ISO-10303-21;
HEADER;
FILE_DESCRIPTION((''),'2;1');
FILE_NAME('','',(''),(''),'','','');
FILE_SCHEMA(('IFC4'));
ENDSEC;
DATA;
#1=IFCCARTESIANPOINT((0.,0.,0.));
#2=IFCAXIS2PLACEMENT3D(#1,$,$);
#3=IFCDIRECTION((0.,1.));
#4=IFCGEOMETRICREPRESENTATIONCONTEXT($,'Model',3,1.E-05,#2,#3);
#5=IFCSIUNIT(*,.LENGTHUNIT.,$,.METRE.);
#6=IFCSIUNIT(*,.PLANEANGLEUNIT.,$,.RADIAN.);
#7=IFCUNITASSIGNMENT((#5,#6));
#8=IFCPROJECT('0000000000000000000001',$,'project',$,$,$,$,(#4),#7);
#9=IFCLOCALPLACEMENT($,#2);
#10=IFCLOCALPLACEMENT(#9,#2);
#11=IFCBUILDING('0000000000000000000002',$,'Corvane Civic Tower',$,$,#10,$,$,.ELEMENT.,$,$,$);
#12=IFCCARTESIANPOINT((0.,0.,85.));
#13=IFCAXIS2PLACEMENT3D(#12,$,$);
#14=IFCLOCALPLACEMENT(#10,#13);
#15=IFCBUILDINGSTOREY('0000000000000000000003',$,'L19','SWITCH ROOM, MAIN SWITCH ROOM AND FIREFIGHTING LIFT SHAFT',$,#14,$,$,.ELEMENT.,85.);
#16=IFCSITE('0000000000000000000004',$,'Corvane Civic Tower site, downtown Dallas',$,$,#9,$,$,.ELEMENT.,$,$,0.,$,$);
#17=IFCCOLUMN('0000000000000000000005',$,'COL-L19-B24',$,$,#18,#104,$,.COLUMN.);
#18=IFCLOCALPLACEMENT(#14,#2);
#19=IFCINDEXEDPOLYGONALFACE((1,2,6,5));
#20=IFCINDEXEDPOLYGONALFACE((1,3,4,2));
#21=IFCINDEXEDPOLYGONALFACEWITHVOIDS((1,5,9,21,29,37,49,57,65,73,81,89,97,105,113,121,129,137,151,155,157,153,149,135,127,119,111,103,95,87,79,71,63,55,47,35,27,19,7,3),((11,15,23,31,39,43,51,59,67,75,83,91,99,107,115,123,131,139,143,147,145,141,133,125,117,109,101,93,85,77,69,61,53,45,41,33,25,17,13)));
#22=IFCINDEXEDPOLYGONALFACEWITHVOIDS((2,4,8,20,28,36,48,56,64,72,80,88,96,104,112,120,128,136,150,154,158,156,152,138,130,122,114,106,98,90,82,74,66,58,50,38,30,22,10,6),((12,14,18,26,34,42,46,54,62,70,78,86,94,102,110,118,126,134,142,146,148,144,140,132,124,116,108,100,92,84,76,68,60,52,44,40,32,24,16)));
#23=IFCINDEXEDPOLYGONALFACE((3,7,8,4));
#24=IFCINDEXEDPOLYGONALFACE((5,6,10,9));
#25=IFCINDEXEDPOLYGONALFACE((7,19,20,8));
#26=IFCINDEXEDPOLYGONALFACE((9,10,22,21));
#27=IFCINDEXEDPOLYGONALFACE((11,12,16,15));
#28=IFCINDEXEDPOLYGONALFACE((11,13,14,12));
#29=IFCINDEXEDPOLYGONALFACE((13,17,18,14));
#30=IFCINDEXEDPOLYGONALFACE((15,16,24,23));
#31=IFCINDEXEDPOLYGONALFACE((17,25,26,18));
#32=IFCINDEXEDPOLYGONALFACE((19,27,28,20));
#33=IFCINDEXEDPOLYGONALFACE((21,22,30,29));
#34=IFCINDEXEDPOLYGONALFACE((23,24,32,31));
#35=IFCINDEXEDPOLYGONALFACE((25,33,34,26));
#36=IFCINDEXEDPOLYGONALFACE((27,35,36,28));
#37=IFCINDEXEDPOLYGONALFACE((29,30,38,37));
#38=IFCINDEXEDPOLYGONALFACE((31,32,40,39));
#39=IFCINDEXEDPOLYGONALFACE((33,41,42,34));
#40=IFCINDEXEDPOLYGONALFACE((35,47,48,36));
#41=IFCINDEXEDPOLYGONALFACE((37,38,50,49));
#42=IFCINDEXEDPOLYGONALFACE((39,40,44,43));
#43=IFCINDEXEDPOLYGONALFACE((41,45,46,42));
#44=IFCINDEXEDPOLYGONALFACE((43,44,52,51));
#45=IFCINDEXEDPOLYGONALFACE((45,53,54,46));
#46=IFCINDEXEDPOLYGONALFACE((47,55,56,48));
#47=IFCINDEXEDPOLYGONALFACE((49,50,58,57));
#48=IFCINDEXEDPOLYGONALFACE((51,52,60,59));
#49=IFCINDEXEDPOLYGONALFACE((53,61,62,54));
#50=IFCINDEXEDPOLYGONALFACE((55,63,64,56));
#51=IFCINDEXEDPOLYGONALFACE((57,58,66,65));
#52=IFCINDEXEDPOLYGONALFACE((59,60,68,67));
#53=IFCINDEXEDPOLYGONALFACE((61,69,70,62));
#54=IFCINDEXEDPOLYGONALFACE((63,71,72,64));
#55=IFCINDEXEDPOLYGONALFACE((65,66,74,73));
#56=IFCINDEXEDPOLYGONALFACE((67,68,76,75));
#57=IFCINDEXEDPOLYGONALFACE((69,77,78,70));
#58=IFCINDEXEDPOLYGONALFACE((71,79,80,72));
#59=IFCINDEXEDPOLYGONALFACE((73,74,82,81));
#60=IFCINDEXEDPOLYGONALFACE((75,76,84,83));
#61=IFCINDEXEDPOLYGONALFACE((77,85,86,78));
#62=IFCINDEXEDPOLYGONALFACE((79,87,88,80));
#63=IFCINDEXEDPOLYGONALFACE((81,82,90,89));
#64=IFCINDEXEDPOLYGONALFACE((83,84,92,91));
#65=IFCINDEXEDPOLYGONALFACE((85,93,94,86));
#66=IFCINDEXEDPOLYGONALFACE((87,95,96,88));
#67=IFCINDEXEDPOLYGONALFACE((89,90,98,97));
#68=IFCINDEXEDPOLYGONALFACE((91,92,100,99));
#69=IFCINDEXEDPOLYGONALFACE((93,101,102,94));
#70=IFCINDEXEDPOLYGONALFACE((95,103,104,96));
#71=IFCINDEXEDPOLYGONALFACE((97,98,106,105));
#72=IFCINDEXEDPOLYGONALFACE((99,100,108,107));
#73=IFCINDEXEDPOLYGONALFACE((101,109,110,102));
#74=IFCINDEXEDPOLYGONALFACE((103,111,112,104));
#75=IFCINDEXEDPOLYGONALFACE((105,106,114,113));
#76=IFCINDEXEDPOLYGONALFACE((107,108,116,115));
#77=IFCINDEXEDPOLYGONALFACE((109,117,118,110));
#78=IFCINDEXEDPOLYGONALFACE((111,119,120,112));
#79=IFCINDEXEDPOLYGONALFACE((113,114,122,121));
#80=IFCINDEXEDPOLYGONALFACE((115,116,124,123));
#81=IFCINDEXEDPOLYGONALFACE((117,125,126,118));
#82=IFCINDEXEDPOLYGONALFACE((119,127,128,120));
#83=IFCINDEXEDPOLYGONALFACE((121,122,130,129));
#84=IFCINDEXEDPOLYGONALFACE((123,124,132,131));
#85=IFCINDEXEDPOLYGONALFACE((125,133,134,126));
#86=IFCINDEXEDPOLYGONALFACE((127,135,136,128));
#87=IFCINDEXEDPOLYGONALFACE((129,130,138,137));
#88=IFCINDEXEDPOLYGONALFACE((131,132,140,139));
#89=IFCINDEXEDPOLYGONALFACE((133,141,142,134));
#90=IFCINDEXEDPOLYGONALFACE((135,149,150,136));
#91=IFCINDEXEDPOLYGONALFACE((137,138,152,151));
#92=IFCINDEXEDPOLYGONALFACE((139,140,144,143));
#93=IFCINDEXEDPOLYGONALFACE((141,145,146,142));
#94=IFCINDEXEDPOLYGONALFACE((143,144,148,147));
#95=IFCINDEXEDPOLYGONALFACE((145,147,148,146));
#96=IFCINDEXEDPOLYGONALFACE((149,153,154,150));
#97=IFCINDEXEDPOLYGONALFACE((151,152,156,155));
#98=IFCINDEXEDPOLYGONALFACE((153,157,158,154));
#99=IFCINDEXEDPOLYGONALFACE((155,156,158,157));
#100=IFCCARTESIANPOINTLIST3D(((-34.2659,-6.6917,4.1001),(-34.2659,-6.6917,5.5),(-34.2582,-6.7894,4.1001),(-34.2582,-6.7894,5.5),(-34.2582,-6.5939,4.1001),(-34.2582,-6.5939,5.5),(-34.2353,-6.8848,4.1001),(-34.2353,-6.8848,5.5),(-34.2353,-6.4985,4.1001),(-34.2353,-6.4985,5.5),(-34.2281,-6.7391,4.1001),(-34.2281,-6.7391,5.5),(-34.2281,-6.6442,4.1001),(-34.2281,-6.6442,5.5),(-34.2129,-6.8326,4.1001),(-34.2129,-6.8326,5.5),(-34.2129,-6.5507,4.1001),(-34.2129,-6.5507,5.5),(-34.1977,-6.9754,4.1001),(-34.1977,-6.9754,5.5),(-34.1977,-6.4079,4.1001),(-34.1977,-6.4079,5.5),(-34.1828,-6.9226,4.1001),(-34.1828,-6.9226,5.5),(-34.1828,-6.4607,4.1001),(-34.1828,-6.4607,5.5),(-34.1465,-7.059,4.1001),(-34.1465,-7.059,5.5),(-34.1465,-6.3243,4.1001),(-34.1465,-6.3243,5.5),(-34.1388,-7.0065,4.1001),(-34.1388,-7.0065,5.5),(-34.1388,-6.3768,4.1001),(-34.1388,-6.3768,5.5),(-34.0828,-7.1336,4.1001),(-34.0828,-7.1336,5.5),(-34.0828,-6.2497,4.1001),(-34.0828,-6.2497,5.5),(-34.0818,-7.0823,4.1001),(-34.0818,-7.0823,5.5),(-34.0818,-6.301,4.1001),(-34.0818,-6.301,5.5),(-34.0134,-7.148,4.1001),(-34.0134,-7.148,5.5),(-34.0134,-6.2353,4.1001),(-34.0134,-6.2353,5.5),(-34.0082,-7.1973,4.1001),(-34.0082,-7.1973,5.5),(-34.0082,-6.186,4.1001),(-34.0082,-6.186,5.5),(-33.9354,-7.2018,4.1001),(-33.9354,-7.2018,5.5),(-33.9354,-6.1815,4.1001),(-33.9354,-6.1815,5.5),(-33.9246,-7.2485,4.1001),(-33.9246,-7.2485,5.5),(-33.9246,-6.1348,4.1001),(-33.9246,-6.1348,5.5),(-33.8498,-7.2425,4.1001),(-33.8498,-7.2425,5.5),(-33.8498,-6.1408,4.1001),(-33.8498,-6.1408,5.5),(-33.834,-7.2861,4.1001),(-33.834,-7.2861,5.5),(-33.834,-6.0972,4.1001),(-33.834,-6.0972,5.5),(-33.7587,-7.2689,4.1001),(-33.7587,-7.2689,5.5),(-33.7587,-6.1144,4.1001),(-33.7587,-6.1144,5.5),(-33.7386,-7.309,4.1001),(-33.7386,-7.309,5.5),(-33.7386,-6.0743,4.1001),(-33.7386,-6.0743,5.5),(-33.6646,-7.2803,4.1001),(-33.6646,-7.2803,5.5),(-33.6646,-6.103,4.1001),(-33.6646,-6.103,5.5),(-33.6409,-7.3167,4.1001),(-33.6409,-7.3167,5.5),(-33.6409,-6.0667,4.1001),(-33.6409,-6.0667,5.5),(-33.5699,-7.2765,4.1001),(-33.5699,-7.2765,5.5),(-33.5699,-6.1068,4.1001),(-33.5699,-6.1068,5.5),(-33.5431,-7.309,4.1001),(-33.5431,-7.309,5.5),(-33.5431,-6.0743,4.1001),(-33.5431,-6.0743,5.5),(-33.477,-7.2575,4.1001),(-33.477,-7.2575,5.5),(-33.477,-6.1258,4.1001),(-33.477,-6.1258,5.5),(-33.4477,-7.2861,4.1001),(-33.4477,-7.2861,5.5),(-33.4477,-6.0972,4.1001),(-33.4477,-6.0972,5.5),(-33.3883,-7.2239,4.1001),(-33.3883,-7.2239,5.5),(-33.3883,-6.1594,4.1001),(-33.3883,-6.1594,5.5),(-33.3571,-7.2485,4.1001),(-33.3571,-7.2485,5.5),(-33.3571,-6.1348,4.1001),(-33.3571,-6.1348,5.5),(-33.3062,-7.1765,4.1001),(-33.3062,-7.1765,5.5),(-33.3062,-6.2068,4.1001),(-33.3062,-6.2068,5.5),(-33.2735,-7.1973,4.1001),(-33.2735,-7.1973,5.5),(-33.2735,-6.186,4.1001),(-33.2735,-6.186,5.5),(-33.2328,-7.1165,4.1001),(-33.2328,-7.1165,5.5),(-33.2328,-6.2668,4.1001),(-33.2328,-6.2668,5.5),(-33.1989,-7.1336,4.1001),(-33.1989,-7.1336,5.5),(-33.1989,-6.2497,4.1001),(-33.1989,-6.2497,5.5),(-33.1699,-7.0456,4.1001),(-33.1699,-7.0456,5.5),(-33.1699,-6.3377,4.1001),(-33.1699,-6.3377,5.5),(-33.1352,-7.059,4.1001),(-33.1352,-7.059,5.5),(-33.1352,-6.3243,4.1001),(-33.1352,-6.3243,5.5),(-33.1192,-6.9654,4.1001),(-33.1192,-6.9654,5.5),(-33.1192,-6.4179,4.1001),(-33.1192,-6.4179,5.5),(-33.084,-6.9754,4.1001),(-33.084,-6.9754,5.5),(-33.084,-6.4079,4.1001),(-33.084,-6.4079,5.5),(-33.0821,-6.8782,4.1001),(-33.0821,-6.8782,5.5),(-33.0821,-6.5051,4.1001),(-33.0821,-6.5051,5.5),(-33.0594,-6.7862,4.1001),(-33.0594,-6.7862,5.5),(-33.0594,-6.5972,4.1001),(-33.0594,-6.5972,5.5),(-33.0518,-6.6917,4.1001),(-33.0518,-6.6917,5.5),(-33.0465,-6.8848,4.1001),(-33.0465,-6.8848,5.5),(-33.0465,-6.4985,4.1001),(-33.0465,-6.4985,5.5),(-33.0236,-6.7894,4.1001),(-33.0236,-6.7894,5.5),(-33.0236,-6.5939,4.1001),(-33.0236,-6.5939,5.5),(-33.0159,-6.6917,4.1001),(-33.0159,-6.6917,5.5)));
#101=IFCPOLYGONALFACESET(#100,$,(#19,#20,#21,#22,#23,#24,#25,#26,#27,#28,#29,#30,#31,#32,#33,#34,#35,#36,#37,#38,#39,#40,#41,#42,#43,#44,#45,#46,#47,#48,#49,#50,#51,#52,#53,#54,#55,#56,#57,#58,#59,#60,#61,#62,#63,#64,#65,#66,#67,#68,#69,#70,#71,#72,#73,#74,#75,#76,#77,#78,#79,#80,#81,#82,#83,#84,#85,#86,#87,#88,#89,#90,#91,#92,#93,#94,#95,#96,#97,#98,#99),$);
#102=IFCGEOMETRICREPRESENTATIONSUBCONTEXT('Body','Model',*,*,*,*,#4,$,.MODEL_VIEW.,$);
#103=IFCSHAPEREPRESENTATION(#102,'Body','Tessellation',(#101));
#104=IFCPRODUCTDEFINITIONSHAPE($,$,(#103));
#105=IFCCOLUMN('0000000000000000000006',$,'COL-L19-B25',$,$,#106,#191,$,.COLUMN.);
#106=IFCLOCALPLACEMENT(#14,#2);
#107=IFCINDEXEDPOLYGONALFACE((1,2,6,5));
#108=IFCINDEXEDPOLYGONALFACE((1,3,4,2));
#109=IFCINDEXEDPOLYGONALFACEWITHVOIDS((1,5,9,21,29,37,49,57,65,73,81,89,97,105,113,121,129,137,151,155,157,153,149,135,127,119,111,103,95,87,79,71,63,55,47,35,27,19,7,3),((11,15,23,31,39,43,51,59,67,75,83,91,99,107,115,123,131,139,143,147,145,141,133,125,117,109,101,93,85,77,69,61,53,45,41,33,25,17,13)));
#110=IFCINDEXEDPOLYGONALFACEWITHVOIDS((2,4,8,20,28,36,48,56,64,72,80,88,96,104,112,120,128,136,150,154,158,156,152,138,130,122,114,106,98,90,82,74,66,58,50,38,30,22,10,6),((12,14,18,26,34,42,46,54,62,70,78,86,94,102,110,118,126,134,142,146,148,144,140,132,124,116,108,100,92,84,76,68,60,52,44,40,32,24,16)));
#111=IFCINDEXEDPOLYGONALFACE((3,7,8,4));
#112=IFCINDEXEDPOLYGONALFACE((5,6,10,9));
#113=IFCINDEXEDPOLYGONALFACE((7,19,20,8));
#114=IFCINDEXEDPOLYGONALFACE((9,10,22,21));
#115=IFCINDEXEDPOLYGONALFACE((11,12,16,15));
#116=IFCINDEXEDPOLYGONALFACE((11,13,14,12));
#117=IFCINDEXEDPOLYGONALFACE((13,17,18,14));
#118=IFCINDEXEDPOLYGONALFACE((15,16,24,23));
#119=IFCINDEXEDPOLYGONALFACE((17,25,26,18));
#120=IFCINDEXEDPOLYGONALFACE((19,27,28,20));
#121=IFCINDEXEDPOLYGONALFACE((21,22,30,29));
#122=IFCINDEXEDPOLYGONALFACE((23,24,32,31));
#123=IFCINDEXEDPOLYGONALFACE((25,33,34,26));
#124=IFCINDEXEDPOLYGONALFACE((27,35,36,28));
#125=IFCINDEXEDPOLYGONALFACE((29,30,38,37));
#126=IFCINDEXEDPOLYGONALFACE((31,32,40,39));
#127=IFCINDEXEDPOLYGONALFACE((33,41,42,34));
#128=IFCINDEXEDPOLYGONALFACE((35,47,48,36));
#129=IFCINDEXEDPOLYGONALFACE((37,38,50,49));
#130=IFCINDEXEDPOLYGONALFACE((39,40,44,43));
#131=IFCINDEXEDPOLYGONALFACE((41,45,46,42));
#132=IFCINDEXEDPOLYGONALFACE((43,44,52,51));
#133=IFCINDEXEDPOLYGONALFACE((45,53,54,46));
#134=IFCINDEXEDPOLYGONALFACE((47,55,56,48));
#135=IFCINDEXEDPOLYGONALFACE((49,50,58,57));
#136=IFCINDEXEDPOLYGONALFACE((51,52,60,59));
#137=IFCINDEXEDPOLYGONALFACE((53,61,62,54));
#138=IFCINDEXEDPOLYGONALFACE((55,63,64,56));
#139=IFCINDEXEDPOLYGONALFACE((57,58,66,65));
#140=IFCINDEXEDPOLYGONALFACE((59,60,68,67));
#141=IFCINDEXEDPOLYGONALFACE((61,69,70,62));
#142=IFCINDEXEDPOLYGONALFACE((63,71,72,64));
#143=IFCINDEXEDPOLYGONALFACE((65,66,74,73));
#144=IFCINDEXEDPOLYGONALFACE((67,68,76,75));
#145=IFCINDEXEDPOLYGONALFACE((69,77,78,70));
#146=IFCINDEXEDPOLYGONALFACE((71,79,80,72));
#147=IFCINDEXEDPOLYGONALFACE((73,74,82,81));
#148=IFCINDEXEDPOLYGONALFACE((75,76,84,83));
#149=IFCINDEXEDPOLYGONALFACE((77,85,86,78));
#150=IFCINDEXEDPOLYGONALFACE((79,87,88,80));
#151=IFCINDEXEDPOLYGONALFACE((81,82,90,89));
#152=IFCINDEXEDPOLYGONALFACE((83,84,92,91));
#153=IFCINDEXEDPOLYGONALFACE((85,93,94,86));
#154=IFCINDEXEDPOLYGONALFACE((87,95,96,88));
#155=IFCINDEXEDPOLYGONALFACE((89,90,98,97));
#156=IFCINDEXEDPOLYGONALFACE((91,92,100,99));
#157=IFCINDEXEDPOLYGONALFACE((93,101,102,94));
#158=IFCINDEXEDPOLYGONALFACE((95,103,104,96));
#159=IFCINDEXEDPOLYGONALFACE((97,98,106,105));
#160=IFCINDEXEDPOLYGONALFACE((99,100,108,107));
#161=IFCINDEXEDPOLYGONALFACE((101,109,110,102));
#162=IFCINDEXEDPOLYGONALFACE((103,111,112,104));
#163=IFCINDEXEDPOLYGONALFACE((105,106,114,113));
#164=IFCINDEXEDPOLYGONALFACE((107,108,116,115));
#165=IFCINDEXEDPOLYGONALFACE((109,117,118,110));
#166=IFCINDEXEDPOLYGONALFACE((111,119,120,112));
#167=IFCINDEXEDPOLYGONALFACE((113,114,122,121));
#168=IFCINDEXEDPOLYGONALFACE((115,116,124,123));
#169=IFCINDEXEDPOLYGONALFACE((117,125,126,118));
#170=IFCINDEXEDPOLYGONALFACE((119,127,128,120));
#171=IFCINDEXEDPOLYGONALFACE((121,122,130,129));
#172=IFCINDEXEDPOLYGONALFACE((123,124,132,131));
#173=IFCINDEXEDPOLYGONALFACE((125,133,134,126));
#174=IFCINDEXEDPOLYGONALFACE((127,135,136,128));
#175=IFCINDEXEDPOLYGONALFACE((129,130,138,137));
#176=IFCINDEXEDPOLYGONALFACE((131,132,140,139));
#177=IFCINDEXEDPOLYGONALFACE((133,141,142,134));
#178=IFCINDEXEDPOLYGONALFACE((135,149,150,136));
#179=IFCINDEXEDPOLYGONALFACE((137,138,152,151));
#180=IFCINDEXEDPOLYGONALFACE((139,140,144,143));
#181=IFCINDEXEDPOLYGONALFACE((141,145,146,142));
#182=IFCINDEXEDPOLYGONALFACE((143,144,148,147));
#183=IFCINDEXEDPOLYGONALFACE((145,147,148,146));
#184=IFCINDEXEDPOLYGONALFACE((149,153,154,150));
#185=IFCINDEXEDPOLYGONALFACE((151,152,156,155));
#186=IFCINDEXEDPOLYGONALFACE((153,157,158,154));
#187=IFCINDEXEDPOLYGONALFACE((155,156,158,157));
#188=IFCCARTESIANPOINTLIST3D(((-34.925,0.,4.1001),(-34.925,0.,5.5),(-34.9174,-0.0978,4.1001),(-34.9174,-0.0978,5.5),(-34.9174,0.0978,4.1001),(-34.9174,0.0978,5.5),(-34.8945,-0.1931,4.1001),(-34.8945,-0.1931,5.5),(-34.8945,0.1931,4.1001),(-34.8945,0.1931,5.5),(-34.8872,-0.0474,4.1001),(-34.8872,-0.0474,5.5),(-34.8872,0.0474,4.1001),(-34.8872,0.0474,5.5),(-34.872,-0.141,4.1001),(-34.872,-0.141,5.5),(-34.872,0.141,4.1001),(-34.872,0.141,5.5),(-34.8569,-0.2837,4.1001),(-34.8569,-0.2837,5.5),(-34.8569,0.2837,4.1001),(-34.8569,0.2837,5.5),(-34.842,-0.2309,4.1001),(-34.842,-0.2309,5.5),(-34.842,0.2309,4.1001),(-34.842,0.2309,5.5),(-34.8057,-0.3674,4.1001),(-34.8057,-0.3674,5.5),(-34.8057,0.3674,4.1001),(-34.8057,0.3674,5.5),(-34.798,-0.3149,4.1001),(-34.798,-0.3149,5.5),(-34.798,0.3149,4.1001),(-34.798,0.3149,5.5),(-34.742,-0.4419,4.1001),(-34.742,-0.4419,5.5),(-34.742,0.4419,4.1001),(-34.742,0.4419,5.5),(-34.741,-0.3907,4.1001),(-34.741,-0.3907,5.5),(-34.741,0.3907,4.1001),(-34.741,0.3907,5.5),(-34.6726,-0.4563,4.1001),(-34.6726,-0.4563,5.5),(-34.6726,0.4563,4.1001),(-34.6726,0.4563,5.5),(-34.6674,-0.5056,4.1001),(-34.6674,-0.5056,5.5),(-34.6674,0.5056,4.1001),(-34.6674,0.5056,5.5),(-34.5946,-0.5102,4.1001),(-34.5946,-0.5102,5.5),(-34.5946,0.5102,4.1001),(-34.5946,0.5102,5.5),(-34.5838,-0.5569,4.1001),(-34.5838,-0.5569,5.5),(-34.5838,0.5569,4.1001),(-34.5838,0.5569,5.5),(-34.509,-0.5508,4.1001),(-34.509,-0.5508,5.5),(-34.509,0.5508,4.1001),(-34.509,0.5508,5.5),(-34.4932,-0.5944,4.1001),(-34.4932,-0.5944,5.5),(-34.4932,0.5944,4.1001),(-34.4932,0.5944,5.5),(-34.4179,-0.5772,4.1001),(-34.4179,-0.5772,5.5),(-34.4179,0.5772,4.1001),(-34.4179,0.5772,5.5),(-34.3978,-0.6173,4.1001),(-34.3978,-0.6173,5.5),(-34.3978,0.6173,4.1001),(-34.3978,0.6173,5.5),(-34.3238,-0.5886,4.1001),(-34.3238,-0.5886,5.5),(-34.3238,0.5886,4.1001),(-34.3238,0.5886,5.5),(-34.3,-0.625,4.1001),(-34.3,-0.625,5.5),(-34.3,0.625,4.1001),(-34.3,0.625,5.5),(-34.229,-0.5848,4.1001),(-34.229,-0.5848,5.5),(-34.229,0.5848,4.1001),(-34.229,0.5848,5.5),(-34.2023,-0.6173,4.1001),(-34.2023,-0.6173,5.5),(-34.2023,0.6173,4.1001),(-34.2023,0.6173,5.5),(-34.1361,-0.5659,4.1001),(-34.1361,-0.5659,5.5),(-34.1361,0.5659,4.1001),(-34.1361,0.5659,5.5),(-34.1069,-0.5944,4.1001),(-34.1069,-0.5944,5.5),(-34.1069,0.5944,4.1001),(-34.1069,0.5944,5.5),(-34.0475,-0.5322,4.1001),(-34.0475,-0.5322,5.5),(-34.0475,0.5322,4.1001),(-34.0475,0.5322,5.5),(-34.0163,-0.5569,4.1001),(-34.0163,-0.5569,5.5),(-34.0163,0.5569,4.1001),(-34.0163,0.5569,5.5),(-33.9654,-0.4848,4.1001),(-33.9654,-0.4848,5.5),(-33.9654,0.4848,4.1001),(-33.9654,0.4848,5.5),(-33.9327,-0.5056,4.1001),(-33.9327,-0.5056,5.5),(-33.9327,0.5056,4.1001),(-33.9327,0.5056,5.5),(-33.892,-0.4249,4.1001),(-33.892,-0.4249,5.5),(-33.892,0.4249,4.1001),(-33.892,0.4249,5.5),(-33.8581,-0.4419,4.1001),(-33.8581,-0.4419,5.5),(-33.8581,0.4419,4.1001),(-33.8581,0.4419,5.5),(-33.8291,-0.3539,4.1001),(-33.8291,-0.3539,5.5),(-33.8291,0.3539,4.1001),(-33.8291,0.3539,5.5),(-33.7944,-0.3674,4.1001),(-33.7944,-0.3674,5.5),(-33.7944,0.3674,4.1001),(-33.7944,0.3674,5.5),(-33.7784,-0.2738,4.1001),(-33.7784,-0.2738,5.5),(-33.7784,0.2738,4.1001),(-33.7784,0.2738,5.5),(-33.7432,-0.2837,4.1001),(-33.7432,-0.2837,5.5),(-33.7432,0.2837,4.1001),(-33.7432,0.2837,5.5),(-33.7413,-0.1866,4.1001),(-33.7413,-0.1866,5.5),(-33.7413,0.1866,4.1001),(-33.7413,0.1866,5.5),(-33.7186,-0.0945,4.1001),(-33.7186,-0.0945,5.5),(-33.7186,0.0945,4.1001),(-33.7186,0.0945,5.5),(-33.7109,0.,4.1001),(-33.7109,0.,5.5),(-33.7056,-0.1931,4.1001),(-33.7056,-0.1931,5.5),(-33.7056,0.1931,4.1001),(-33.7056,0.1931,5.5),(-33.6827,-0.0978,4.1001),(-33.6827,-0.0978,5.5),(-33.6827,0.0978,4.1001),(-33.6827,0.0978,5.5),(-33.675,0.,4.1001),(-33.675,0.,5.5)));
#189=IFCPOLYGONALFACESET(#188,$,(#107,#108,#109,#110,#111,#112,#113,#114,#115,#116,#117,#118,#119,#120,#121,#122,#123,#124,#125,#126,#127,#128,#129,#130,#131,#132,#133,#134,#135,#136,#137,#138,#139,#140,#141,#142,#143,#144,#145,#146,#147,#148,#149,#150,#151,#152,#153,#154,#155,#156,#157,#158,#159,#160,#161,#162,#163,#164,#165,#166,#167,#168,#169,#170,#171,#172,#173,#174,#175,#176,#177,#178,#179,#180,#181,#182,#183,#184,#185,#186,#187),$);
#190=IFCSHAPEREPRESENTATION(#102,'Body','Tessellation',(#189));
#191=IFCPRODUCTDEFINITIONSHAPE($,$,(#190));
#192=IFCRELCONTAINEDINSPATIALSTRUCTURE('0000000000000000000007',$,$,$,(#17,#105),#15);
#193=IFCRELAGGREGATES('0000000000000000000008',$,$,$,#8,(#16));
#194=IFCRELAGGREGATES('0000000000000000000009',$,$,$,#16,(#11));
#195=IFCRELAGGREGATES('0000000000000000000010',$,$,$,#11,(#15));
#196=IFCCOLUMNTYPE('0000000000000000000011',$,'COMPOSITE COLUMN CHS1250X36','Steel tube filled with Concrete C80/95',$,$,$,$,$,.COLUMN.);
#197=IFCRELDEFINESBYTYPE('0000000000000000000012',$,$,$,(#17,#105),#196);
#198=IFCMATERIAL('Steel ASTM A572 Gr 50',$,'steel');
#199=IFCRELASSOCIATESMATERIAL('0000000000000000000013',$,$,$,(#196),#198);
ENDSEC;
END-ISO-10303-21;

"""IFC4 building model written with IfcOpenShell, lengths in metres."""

from ifc_helpers import new_model, si_unit, direction, frame, origin, origin_2d, place, context, subcontext, project, spatial, hollow_circle, extrude, material, material_profile, profile_set, type_object, element, save


model = new_model("IFC4")

# Units and contexts
model_context = context("Model", 3, precision=1e-05, world=origin(), true_north=direction((0.0, 1.0)))
body_context = subcontext(model_context, "Body", "Model", "MODEL_VIEW")
ifc_project = project(units=[si_unit("LENGTHUNIT", "METRE"), si_unit("PLANEANGLEUNIT", "RADIAN")], contexts=[model_context])

# Site, building, storey
site_placement = place(None, origin())
site = spatial("IfcSite", under=ifc_project, at=site_placement, Name="Corvane Civic Tower site, downtown Dallas", CompositionType="ELEMENT", RefElevation=0.0)
building_placement = place(site_placement, origin())
building = spatial("IfcBuilding", under=site, at=building_placement, Name="Corvane Civic Tower", CompositionType="ELEMENT")
storey_placement = place(building_placement, frame((0.0, 0.0, 85.0)))
storey = spatial("IfcBuildingStorey", under=building, at=storey_placement, Name="L19", Description="SWITCH ROOM, MAIN SWITCH ROOM AND FIREFIGHTING LIFT SHAFT", CompositionType="ELEMENT", Elevation=85.0)

# Columns
ifc_material_1 = material(Name="Steel ASTM A572 Gr 50", Category="steel")
ifc_material_profile_1 = material_profile(ifc_material_1, hollow_circle(Radius=0.625, WallThickness=0.0359, at=origin_2d()), Name="CHS1250X36")
ifc_profile_set_1 = profile_set([ifc_material_profile_1], Name="Steel ASTM A572 Gr 50")
column_type_1 = type_object("IfcColumnType", Name="COMPOSITE COLUMN CHS1250X36", Description="Steel tube filled with Concrete C80/95", PredefinedType="COLUMN", material=ifc_profile_set_1)
for number, where, z_axis, x_axis, name in (
    (1, (-33.6409, -6.6917, 4.1001), (0.0, 0.0, 1.0), (1.0, 0.0, 0.0), "COL-L19-B24"),
    (2, (-34.3, 0.0, 4.1001), (0.0, 0.0, 1.0), (1.0, 0.0, 0.0), "COL-L19-B25"),
):
    element("IfcColumn", number, at=place(storey_placement, frame(where, z_axis=z_axis, x_axis=x_axis)), inside=storey, type_object=column_type_1, Name=name, PredefinedType="COLUMN", context=body_context, shape_type="SweptSolid", body=[
        extrude(hollow_circle(Radius=0.625, WallThickness=0.0359, at=origin_2d()), origin(), (0.0, 0.0, 1.0), 1.3999),
    ])

save(model, "model.ifc")
